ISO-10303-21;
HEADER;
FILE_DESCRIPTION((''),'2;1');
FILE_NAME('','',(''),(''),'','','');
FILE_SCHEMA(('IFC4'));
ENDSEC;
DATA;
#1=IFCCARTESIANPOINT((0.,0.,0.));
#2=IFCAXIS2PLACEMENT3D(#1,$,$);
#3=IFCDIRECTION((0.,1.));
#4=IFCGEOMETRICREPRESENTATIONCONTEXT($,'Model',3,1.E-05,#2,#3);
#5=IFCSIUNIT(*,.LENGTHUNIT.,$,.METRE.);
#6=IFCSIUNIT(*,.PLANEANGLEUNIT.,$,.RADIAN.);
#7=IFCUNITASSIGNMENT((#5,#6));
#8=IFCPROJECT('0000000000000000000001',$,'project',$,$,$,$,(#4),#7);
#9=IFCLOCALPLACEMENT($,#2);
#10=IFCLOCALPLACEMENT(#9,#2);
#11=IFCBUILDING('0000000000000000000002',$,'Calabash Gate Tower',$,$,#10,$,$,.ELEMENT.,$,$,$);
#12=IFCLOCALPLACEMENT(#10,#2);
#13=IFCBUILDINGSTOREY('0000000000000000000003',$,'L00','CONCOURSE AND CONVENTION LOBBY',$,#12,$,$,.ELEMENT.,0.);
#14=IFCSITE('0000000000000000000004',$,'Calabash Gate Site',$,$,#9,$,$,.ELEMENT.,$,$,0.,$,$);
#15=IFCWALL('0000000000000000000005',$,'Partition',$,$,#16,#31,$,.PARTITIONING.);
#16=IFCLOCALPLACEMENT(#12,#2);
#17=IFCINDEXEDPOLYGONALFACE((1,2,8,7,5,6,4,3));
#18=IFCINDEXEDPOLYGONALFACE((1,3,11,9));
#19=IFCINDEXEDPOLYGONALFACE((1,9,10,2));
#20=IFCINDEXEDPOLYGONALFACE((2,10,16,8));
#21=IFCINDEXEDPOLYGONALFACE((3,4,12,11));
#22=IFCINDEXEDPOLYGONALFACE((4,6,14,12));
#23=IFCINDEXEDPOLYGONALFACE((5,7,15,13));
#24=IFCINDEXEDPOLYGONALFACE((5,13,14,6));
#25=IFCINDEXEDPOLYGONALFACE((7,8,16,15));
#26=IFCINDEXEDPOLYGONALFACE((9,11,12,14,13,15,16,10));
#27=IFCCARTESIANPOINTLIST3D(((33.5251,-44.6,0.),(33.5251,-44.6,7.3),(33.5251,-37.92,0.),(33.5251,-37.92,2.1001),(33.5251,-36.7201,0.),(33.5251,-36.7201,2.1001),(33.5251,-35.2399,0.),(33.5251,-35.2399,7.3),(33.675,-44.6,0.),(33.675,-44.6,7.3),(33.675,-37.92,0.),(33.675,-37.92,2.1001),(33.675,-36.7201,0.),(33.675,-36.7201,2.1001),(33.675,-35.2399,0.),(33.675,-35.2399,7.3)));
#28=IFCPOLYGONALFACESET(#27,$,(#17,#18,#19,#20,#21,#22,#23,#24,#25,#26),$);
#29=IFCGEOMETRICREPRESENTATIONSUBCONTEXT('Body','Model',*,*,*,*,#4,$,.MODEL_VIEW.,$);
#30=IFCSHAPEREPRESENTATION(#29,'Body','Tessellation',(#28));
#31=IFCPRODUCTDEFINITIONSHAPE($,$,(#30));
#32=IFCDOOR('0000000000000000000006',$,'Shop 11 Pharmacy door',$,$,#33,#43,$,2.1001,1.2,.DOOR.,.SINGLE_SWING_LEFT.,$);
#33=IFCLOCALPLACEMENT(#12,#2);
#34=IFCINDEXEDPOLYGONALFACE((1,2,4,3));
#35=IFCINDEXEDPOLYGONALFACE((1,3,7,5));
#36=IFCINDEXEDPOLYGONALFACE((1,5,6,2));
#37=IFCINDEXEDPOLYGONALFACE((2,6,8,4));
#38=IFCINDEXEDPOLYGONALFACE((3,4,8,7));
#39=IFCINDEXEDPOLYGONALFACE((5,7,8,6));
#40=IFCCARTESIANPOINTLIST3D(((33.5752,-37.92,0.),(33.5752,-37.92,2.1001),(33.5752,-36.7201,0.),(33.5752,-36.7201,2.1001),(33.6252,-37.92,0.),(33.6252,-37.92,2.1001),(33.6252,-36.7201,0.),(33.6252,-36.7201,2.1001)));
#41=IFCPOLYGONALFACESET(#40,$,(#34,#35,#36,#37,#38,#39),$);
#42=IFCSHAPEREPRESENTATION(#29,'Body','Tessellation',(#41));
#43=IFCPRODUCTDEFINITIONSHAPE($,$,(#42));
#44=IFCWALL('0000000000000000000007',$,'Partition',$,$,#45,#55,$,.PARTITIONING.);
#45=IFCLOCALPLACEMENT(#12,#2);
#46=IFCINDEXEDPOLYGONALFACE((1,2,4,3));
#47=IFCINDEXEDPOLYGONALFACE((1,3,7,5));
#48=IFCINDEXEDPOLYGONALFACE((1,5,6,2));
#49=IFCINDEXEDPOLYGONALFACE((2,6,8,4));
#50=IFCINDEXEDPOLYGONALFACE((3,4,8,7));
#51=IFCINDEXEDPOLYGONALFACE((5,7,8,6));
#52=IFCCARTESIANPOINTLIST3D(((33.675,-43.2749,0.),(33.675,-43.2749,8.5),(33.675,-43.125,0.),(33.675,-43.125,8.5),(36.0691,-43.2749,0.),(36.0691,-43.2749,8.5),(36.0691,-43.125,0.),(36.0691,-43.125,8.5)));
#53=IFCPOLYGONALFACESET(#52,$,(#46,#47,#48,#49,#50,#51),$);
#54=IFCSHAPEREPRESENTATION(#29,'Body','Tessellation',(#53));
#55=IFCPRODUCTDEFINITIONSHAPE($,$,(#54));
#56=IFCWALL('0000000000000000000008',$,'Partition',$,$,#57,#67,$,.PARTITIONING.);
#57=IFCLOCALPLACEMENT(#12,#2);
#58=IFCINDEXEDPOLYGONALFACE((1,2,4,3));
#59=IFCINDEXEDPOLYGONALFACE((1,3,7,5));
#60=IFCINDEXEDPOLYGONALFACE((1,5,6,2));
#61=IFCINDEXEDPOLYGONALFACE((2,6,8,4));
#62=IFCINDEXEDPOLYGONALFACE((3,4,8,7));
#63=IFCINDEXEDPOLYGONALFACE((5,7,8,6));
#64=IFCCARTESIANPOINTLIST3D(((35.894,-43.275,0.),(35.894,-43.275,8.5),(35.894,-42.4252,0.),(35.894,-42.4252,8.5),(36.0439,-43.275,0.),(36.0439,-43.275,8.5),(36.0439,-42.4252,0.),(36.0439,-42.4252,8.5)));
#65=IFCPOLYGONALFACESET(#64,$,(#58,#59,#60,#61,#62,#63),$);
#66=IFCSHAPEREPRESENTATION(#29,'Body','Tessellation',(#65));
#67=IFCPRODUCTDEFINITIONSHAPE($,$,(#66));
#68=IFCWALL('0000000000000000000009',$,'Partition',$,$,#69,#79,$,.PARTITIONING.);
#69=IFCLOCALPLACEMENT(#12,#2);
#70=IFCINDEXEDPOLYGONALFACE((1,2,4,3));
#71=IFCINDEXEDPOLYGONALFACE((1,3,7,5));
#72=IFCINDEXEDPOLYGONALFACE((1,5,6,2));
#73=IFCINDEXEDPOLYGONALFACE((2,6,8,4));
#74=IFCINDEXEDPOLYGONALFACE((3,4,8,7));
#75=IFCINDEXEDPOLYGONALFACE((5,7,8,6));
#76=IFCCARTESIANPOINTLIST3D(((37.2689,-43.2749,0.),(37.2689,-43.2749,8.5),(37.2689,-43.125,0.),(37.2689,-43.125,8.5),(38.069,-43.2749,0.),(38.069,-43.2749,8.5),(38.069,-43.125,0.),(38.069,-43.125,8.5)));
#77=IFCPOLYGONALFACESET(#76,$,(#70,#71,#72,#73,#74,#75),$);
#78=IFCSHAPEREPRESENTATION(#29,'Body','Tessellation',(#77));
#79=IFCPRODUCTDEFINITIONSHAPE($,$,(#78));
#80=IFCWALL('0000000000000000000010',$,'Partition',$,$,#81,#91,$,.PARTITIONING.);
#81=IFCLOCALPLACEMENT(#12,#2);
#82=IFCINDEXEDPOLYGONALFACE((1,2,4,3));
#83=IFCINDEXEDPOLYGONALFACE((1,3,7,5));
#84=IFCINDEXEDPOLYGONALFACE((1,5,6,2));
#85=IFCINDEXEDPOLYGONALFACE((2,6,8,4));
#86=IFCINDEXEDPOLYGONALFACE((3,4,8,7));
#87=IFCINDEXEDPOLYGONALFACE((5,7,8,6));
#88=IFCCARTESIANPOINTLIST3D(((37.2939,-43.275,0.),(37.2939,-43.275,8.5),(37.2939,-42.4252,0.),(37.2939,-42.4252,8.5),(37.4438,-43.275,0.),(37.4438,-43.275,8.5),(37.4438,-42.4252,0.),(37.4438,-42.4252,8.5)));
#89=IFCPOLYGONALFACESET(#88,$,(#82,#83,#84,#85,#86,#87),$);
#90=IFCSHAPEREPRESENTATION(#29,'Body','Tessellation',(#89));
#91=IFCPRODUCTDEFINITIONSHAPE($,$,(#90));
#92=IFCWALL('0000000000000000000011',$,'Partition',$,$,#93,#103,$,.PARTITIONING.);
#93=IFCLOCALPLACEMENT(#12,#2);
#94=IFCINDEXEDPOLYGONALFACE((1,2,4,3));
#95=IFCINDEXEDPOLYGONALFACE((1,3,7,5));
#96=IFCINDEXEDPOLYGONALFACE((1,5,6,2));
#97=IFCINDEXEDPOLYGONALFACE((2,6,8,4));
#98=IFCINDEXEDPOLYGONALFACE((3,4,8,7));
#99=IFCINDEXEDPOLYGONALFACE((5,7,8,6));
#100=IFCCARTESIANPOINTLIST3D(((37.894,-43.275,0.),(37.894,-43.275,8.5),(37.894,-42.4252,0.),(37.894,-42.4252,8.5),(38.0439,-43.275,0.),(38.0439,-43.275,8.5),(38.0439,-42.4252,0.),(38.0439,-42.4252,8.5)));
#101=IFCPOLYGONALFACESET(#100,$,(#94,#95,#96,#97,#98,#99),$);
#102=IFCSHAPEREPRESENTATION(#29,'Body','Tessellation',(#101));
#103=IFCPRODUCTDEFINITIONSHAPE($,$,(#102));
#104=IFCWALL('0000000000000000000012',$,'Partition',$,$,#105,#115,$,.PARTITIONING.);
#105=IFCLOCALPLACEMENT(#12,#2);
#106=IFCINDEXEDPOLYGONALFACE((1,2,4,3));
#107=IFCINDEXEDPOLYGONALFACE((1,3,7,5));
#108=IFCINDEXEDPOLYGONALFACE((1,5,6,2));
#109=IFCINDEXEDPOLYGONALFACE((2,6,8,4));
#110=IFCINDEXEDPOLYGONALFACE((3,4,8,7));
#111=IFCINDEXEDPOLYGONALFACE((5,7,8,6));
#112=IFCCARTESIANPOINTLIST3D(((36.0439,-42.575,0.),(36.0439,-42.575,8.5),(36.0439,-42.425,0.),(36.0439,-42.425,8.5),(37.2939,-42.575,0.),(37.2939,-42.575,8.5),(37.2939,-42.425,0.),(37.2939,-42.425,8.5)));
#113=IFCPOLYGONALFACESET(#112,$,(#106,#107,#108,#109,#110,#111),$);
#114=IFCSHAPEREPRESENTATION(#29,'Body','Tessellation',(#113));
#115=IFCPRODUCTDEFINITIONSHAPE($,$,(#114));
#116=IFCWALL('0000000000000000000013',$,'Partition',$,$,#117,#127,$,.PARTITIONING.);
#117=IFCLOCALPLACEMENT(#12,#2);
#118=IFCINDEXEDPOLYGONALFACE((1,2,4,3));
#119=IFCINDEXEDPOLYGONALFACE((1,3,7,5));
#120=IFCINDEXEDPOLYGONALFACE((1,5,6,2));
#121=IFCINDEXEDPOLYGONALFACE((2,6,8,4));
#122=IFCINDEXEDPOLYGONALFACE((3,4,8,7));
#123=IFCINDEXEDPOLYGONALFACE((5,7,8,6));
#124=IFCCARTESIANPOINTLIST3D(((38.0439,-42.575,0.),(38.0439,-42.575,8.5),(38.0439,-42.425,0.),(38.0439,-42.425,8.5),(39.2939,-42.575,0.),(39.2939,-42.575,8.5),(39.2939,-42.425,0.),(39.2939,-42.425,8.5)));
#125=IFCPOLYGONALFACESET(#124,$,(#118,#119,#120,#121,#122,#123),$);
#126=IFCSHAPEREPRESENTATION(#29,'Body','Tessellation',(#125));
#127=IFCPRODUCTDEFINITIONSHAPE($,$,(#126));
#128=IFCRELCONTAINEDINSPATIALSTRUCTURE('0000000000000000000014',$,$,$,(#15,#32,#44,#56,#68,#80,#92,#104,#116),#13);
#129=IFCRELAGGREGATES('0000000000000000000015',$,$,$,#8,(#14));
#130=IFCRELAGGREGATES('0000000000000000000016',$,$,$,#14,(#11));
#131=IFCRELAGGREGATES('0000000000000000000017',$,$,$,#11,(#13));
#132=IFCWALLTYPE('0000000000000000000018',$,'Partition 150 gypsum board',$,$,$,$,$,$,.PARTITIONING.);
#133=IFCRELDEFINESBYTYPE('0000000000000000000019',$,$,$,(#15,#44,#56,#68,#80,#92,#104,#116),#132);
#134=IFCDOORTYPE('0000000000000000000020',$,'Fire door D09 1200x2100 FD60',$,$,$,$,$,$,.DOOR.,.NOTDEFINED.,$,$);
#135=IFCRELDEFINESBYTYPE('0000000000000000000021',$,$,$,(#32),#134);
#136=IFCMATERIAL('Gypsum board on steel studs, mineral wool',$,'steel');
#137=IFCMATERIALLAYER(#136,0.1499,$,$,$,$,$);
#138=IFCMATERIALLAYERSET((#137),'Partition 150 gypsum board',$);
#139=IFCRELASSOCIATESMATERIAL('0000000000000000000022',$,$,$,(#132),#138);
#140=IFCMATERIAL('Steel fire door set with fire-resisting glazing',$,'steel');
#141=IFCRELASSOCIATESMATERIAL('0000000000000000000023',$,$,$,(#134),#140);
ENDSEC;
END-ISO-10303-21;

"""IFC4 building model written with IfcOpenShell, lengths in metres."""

from ifc_helpers import new_model, si_unit, direction, frame, frame_2d, origin, place, context, subcontext, project, spatial, rectangle, extrude, material, layer, layer_set, type_object, element, fill, save


model = new_model("IFC4")

# Units and contexts
model_context = context("Model", 3, precision=1e-05, world=origin(), true_north=direction((0.0, 1.0)))
body_context = subcontext(model_context, "Body", "Model", "MODEL_VIEW")
ifc_project = project(units=[si_unit("LENGTHUNIT", "METRE"), si_unit("PLANEANGLEUNIT", "RADIAN")], contexts=[model_context])

# Site, building, storey
site_placement = place(None, origin())
site = spatial("IfcSite", under=ifc_project, at=site_placement, Name="Calabash Gate Site", CompositionType="ELEMENT", RefElevation=0.0)
building_placement = place(site_placement, origin())
building = spatial("IfcBuilding", under=site, at=building_placement, Name="Calabash Gate Tower", CompositionType="ELEMENT")
storey_placement = place(building_placement, origin())
storey = spatial("IfcBuildingStorey", under=building, at=storey_placement, Name="L00", Description="CONCOURSE AND CONVENTION LOBBY", CompositionType="ELEMENT", Elevation=0.0)

# Wall, opening, door
ifc_material_1 = material(Name="Gypsum board on steel studs, mineral wool", Category="steel")
ifc_layer_1 = layer(ifc_material_1, 0.1499)
ifc_layer_set_1 = layer_set([ifc_layer_1], Name="Partition 150 gypsum board")
wall_type = type_object("IfcWallType", Name="Partition 150 gypsum board", PredefinedType="PARTITIONING", material=ifc_layer_set_1)
wall_1_placement = place(storey_placement, frame((33.6001, -44.6001, 0.0), z_axis=(0.0, 0.0, 1.0), x_axis=(0.0, 1.0, 0.0)))
wall_1 = element("IfcWall", 1, at=wall_1_placement, inside=storey, type_object=wall_type, Name="Partition", PredefinedType="PARTITIONING", context=body_context, shape_type="SweptSolid", body=[
    extrude(rectangle(XDim=9.3601, YDim=0.1499, at=frame_2d((4.6802, 0.0))), origin(), (0.0, 0.0, 1.0), 7.3),
])
opening_placement = place(wall_1_placement, frame((6.6799, 0.0, 0.0)))
opening = element("IfcOpeningElement", 2, at=opening_placement, cuts=wall_1, PredefinedType="OPENING", context=body_context, shape_type="SweptSolid", body=[
    extrude(rectangle(XDim=1.2, YDim=2.1001, at=frame_2d((0.6001, 1.05))), frame((0.0, 0.085, 0.0), z_axis=(0.0, -1.0, 0.0), x_axis=(1.0, 0.0, 0.0)), (0.0, 0.0, 1.0), 0.1699),
])
ifc_material_2 = material(Name="Steel fire door set with fire-resisting glazing", Category="steel")
door_type = type_object("IfcDoorType", Name="Fire door D09 1200x2100 FD60", OperationType="NOTDEFINED", PredefinedType="DOOR", material=ifc_material_2)
door_placement = place(opening_placement, origin())
door = element("IfcDoor", 3, at=door_placement, inside=storey, type_object=door_type, Name="Shop 11 Pharmacy door", OperationType="SINGLE_SWING_LEFT", OverallHeight=2.1001, OverallWidth=1.2, PredefinedType="DOOR", context=body_context, shape_type="SweptSolid", body=[
    extrude(rectangle(XDim=1.2, YDim=2.1001, at=frame_2d((0.6001, 1.05))), frame((0.0, 0.0249, 0.0), z_axis=(0.0, -1.0, 0.0), x_axis=(1.0, 0.0, 0.0)), (0.0, 0.0, 1.0), 0.05),
])
fill(opening, door)

# Walls
wall_2_placement = place(storey_placement, frame((33.675, -43.2, 0.0), z_axis=(0.0, 0.0, 1.0), x_axis=(1.0, 0.0, 0.0)))
element("IfcWall", 4, at=wall_2_placement, inside=storey, type_object=wall_type, Name="Partition", PredefinedType="PARTITIONING", context=body_context, shape_type="SweptSolid", body=[
    extrude(rectangle(XDim=2.394, YDim=0.1499, at=frame_2d((1.197, 0.0))), origin(), (0.0, 0.0, 1.0), 8.5),
])
wall_3_placement = place(storey_placement, frame((35.969, -43.2749, 0.0), z_axis=(0.0, 0.0, 1.0), x_axis=(0.0, 1.0, 0.0)))
element("IfcWall", 5, at=wall_3_placement, inside=storey, type_object=wall_type, Name="Partition", PredefinedType="PARTITIONING", context=body_context, shape_type="SweptSolid", body=[
    extrude(rectangle(XDim=0.8499, YDim=0.1499, at=frame_2d((0.4248, 0.0))), origin(), (0.0, 0.0, 1.0), 8.5),
])
wall_4_placement = place(storey_placement, frame((37.269, -43.2, 0.0), z_axis=(0.0, 0.0, 1.0), x_axis=(1.0, 0.0, 0.0)))
element("IfcWall", 6, at=wall_4_placement, inside=storey, type_object=wall_type, Name="Partition", PredefinedType="PARTITIONING", context=body_context, shape_type="SweptSolid", body=[
    extrude(rectangle(XDim=0.8, YDim=0.1499, at=frame_2d((0.3999, 0.0))), origin(), (0.0, 0.0, 1.0), 8.5),
])
for number, where, z_axis, x_axis, name in (
    (7, (37.3689, -43.2749, 0.0), (0.0, 0.0, 1.0), (0.0, 1.0, 0.0), "Partition"),
    (8, (37.969, -43.2749, 0.0), (0.0, 0.0, 1.0), (0.0, 1.0, 0.0), "Partition"),
):
    element("IfcWall", number, at=place(storey_placement, frame(where, z_axis=z_axis, x_axis=x_axis)), inside=storey, type_object=wall_type, Name=name, PredefinedType="PARTITIONING", context=body_context, shape_type="SweptSolid", body=[
        extrude(rectangle(XDim=0.8499, YDim=0.1499, at=frame_2d((0.4248, 0.0))), origin(), (0.0, 0.0, 1.0), 8.5),
    ])
for number, where, z_axis, x_axis, name in (
    (9, (36.0439, -42.5, 0.0), (0.0, 0.0, 1.0), (1.0, 0.0, 0.0), "Partition"),
    (10, (38.0439, -42.5, 0.0), (0.0, 0.0, 1.0), (1.0, 0.0, 0.0), "Partition"),
):
    element("IfcWall", number, at=place(storey_placement, frame(where, z_axis=z_axis, x_axis=x_axis)), inside=storey, type_object=wall_type, Name=name, PredefinedType="PARTITIONING", context=body_context, shape_type="SweptSolid", body=[
        extrude(rectangle(XDim=1.25, YDim=0.1499, at=frame_2d((0.625, 0.0))), origin(), (0.0, 0.0, 1.0), 8.5),
    ])

save(model, "model.ifc")
